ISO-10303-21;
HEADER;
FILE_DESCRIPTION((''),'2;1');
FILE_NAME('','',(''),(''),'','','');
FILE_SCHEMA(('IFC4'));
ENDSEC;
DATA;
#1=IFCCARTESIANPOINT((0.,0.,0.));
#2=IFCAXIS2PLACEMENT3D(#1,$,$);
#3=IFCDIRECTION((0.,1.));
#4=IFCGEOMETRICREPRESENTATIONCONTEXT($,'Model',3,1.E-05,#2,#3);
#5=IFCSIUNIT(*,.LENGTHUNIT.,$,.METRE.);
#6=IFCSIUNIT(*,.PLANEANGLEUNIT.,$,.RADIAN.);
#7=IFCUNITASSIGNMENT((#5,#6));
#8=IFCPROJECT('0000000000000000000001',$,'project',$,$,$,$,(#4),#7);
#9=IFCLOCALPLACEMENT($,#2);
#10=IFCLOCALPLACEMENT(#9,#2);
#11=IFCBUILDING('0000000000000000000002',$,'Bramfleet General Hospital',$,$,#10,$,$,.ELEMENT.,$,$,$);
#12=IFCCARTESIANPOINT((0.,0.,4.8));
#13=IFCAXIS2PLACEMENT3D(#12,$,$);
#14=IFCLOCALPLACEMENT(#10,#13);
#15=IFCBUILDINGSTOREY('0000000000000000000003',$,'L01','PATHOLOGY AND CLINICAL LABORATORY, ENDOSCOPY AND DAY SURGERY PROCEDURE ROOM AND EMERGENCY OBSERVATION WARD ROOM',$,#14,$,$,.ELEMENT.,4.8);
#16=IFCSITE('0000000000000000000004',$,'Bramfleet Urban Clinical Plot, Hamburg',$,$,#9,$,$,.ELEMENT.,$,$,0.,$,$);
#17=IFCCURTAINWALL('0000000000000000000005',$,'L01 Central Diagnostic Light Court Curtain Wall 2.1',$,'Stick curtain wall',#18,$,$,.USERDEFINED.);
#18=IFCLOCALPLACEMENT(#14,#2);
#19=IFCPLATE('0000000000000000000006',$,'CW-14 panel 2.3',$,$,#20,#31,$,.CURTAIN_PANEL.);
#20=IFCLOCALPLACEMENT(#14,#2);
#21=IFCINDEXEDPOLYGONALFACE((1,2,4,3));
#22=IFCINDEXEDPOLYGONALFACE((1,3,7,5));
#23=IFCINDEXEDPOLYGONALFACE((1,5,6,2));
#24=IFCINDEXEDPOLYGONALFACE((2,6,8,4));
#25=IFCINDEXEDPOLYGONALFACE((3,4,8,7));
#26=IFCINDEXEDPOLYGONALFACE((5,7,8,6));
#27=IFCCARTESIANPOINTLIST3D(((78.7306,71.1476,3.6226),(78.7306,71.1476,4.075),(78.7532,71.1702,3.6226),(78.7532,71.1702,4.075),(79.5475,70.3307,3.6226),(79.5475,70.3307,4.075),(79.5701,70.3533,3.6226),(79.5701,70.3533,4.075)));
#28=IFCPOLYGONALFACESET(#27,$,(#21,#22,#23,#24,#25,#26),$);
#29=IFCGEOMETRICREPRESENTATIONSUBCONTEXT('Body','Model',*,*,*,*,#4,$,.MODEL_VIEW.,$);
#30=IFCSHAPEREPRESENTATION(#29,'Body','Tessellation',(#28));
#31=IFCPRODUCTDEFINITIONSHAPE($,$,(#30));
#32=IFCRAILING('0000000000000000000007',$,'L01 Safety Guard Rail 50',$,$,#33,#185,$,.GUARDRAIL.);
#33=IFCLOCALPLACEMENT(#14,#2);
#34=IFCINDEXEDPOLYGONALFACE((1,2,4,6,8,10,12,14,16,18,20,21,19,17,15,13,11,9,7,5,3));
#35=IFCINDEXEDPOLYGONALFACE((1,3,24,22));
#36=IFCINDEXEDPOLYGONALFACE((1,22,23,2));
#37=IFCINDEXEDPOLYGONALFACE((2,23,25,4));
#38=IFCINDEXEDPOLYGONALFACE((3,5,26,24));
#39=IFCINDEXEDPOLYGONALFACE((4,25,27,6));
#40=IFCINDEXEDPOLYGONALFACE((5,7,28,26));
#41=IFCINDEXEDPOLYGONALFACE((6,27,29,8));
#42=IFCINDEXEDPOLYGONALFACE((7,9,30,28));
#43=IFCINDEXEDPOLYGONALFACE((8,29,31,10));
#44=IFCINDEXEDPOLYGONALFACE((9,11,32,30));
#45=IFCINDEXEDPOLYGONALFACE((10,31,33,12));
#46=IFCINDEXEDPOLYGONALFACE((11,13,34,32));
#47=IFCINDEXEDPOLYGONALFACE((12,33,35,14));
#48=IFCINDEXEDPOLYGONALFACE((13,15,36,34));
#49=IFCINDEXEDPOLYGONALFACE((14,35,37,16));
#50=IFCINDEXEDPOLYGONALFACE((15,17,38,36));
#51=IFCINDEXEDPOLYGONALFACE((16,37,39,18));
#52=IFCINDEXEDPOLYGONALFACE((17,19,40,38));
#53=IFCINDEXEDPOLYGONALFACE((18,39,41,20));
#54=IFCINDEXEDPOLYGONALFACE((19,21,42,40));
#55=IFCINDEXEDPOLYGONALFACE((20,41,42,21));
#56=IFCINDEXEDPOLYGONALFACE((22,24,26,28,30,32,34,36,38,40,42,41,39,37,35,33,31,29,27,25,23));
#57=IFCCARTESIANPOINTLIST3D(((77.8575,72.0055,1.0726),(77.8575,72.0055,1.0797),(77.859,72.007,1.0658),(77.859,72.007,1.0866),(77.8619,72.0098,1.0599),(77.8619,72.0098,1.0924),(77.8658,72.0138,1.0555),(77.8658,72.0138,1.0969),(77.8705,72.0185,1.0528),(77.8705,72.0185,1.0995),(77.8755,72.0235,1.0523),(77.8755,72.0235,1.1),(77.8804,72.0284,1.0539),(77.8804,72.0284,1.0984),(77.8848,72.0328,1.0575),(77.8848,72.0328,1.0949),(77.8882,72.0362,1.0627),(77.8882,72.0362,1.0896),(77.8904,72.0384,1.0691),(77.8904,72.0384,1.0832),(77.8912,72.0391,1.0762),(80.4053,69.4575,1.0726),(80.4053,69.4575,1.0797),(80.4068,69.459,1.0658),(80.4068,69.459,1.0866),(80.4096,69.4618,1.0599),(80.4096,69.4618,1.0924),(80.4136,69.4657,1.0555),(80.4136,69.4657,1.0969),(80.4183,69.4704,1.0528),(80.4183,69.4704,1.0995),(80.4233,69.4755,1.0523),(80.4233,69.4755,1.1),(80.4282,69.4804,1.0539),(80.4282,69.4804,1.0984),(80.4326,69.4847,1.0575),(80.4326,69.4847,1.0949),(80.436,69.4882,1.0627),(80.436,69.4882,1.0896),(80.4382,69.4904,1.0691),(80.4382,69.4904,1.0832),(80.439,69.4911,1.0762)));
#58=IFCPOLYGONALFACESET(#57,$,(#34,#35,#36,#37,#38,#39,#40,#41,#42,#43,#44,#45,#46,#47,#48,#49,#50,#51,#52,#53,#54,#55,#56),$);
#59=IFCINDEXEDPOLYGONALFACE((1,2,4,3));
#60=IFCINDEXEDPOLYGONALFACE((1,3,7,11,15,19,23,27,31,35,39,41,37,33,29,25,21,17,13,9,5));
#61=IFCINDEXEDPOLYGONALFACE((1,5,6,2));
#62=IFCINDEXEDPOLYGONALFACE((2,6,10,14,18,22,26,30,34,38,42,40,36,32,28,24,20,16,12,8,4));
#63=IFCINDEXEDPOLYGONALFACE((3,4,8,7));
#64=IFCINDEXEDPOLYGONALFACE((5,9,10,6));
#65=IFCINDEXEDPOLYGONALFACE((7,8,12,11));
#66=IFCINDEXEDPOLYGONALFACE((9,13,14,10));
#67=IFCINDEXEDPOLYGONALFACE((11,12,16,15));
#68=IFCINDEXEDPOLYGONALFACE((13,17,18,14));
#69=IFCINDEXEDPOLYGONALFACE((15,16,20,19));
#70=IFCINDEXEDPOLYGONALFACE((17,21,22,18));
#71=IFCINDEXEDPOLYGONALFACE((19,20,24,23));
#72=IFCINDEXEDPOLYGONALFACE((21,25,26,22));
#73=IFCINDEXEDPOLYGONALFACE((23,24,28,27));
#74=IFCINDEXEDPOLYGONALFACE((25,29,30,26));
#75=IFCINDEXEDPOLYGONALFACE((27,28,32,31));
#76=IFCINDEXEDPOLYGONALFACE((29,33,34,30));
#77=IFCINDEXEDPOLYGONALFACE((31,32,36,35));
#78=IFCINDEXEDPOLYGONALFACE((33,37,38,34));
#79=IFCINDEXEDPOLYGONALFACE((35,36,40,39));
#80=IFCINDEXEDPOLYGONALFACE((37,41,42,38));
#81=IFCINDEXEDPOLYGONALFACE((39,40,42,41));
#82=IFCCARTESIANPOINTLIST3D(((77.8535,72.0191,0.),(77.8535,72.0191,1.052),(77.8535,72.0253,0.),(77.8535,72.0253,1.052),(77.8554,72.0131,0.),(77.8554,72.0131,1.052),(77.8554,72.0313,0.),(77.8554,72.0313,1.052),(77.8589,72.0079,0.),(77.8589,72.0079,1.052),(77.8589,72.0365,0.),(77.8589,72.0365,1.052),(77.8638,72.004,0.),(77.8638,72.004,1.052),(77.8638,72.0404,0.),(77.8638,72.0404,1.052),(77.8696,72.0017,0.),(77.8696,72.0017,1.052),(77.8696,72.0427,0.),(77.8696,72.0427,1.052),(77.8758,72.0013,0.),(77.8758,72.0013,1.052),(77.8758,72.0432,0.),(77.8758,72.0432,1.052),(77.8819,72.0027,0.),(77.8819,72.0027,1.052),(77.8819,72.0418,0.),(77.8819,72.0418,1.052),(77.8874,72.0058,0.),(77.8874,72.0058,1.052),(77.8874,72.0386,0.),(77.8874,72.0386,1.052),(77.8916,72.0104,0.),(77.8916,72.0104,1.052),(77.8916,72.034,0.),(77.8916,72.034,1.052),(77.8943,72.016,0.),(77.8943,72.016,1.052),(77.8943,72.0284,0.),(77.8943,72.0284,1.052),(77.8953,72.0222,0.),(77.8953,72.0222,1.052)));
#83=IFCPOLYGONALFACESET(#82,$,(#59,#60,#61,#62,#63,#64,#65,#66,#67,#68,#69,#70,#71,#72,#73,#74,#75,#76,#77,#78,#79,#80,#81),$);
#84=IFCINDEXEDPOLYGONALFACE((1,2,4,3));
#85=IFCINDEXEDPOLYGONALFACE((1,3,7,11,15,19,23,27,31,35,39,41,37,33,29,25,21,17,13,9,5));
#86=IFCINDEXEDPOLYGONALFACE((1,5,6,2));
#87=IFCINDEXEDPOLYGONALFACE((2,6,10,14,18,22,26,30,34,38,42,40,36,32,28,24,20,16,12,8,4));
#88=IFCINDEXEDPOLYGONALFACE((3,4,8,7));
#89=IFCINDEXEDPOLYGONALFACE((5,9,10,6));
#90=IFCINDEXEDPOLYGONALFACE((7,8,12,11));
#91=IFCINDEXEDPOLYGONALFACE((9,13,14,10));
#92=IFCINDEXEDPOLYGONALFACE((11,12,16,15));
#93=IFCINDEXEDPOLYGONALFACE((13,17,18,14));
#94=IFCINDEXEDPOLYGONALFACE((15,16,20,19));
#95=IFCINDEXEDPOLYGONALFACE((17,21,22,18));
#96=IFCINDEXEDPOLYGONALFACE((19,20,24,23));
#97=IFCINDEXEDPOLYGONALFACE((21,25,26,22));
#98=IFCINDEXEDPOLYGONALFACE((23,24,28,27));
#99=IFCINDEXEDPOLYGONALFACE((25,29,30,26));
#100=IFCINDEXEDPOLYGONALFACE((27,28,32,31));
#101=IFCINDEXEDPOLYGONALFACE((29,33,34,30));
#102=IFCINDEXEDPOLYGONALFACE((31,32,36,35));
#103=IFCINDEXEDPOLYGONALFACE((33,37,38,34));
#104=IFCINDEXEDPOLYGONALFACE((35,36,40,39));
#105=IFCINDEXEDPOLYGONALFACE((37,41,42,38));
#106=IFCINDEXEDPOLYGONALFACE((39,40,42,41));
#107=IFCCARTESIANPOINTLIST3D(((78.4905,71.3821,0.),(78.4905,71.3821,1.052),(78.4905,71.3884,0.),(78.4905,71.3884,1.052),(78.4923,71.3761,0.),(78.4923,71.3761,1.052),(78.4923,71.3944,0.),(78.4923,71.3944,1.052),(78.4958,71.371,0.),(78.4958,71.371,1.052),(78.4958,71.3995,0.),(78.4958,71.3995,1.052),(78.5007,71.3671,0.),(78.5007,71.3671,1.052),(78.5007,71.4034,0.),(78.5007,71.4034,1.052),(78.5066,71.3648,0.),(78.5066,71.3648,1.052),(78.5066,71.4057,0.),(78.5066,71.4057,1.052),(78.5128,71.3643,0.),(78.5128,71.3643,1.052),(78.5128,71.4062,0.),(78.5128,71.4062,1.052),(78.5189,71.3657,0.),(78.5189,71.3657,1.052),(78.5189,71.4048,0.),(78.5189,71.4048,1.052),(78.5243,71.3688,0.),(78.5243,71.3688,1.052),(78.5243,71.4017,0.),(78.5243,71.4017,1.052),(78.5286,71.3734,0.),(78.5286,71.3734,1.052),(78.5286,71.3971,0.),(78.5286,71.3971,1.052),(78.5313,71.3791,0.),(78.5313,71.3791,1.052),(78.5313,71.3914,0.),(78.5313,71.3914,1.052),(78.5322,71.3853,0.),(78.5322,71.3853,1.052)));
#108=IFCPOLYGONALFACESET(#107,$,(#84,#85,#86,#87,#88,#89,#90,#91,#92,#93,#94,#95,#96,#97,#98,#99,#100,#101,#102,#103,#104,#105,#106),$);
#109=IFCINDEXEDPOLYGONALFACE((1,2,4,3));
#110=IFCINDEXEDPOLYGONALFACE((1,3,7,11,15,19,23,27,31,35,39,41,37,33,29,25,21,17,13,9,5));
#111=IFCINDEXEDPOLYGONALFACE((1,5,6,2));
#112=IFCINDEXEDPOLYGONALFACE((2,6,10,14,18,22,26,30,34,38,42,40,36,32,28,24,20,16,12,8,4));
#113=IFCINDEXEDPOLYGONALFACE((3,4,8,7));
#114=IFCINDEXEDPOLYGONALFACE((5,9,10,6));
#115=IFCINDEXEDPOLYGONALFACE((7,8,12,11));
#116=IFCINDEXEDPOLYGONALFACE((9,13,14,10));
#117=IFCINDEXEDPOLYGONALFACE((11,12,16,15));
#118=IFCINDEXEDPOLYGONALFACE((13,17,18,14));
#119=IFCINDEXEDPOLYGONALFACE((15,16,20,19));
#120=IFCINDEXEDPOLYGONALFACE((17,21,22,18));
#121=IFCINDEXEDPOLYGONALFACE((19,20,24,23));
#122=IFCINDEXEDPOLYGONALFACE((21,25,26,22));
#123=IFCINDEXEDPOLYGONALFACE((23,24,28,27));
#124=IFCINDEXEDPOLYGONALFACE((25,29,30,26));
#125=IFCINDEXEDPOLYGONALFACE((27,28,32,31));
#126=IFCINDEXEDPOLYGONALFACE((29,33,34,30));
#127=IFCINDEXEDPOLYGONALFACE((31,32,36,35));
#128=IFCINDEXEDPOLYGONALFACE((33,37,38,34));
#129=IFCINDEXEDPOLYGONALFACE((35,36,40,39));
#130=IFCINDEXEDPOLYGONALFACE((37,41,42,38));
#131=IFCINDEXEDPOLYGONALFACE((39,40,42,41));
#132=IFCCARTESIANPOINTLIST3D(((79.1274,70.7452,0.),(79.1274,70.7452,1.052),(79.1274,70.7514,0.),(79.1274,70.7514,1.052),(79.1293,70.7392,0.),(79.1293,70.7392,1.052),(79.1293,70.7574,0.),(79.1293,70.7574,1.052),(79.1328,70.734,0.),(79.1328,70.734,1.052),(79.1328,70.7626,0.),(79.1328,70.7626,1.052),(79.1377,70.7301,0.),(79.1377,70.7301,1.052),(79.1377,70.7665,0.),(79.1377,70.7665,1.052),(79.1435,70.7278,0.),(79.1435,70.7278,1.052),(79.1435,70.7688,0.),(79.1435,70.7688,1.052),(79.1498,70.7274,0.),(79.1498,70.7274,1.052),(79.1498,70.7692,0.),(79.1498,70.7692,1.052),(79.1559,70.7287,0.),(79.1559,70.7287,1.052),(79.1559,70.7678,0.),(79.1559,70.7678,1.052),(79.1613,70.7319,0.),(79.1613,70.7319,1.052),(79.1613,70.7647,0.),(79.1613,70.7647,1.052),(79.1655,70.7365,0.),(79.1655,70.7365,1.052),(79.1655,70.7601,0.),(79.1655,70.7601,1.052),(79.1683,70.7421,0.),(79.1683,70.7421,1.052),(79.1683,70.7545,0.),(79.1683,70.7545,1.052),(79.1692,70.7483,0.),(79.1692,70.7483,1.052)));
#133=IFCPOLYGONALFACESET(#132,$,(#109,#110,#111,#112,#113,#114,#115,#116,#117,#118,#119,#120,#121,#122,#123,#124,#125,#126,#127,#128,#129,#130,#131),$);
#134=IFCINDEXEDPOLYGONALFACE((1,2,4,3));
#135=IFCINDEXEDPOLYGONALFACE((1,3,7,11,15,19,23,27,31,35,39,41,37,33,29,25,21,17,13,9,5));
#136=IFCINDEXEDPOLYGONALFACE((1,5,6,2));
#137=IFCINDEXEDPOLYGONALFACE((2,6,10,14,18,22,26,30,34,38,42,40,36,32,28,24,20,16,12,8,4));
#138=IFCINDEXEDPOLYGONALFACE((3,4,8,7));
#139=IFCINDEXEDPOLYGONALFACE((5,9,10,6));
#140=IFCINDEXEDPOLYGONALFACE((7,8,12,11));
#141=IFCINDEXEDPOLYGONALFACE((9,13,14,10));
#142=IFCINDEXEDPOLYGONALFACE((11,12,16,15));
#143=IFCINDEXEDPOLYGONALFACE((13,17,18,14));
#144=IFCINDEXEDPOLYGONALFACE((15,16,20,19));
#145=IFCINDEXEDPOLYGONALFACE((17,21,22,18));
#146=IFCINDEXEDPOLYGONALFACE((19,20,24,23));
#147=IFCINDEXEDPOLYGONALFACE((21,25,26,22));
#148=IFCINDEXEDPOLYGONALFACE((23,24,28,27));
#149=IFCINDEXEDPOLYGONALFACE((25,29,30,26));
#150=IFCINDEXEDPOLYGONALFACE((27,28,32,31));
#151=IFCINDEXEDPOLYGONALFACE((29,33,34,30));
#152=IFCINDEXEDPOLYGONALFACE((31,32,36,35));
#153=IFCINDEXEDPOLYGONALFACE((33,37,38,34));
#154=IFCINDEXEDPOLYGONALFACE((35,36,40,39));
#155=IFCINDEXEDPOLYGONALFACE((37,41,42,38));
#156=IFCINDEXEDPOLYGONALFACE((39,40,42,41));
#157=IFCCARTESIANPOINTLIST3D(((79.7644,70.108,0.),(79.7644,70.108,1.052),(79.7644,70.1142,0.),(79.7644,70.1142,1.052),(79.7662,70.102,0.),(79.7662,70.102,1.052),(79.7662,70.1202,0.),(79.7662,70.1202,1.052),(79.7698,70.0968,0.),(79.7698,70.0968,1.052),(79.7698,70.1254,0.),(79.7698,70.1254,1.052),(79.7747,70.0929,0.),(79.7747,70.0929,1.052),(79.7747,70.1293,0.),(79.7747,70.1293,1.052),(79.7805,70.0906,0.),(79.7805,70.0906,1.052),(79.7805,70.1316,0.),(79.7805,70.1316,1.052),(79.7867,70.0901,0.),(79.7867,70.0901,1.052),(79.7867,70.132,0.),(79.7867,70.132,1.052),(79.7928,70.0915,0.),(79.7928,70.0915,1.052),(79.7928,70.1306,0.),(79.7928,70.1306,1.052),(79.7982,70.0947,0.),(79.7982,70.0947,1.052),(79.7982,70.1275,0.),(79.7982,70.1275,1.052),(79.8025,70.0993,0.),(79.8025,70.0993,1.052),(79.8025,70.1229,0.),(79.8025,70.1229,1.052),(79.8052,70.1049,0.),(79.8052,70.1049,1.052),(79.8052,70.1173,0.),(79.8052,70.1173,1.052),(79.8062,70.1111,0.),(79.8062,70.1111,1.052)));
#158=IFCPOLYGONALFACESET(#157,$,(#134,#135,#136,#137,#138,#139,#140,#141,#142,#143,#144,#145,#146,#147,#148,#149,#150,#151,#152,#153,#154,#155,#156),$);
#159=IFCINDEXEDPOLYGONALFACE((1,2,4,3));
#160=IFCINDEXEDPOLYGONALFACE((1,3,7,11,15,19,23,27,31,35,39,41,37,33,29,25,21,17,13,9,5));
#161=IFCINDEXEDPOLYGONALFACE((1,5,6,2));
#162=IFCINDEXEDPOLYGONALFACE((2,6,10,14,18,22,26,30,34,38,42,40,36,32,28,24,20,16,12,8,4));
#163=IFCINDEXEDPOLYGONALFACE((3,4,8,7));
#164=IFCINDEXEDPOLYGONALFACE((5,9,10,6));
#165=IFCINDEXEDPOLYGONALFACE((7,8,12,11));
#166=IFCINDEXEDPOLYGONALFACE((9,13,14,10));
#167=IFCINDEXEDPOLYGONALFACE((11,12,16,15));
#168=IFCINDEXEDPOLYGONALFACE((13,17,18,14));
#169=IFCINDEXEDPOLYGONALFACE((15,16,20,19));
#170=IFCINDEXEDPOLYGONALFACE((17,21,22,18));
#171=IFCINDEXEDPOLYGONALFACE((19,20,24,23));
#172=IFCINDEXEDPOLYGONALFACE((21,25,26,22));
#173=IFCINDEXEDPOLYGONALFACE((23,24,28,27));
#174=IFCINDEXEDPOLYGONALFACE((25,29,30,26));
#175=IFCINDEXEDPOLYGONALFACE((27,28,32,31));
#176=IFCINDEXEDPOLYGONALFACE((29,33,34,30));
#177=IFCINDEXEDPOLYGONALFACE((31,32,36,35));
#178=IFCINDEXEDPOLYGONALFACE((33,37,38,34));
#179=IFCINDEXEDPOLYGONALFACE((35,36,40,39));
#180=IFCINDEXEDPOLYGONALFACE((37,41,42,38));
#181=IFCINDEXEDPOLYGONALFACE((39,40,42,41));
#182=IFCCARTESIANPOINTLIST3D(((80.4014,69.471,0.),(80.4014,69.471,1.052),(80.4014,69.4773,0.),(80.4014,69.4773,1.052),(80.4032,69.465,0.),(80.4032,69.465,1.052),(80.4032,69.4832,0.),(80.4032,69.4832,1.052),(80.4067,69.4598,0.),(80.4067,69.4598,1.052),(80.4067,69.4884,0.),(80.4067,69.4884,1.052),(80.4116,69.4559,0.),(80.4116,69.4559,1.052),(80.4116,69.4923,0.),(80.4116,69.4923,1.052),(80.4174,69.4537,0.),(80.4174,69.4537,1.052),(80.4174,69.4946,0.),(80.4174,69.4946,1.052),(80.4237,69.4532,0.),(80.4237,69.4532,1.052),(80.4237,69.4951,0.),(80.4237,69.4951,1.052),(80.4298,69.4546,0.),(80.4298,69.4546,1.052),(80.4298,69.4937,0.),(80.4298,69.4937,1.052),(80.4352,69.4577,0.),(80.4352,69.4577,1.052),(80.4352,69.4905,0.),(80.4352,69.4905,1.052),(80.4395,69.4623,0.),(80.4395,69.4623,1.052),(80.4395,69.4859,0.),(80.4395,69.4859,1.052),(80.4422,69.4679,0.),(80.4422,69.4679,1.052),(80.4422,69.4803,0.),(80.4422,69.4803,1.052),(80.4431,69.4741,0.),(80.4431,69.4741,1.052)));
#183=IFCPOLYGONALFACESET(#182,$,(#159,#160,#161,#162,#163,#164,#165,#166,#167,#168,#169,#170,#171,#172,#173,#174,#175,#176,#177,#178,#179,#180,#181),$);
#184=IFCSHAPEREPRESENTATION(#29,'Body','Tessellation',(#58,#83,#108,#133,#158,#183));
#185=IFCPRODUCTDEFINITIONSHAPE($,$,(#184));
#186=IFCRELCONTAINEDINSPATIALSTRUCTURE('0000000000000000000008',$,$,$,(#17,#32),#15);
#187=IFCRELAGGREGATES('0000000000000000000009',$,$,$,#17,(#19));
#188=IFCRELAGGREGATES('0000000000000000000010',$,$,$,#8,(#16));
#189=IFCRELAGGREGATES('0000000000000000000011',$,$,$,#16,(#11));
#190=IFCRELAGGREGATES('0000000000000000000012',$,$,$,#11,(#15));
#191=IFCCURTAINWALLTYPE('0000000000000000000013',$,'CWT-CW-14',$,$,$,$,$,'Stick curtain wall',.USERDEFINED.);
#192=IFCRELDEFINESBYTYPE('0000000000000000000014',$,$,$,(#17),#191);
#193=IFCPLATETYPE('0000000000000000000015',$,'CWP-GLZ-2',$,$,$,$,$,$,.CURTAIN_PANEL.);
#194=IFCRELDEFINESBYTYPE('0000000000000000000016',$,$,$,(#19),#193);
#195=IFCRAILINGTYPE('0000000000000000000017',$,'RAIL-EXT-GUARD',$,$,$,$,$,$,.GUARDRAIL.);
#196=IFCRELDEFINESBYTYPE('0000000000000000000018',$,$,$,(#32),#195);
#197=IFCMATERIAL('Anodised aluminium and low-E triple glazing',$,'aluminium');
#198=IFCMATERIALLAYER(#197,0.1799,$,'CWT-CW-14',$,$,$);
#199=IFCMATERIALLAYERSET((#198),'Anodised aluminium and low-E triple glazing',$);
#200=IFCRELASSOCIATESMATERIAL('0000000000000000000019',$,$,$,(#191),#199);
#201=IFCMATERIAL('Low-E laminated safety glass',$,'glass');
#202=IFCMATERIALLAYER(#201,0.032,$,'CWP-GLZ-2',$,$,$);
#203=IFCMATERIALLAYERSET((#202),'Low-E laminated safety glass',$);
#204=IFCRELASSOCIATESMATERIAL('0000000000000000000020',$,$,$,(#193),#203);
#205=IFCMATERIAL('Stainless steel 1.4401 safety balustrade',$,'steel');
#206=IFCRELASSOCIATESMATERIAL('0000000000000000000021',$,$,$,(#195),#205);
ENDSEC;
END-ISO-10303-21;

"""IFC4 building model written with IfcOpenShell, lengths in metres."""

from ifc_helpers import new_model, si_unit, direction, frame, origin, origin_2d, place, context, subcontext, project, spatial, rectangle, circle, extrude, material, layer, layer_set, type_object, element, aggregate, save


model = new_model("IFC4")

# Units and contexts
model_context = context("Model", 3, precision=1e-05, world=origin(), true_north=direction((0.0, 1.0)))
body_context = subcontext(model_context, "Body", "Model", "MODEL_VIEW")
ifc_project = project(units=[si_unit("LENGTHUNIT", "METRE"), si_unit("PLANEANGLEUNIT", "RADIAN")], contexts=[model_context])

# Site, building, storey
site_placement = place(None, origin())
site = spatial("IfcSite", under=ifc_project, at=site_placement, Name="Bramfleet Urban Clinical Plot, Hamburg", CompositionType="ELEMENT", RefElevation=0.0)
building_placement = place(site_placement, origin())
building = spatial("IfcBuilding", under=site, at=building_placement, Name="Bramfleet General Hospital", CompositionType="ELEMENT")
storey_placement = place(building_placement, frame((0.0, 0.0, 4.8)))
storey = spatial("IfcBuildingStorey", under=building, at=storey_placement, Name="L01", Description="PATHOLOGY AND CLINICAL LABORATORY, ENDOSCOPY AND DAY SURGERY PROCEDURE ROOM AND EMERGENCY OBSERVATION WARD ROOM", CompositionType="ELEMENT", Elevation=4.8)

# Curtain wall
ifc_material_1 = material(Name="Anodised aluminium and low-E triple glazing", Category="aluminium")
ifc_layer_1 = layer(ifc_material_1, 0.1799, Name="CWT-CW-14")
ifc_layer_set_1 = layer_set([ifc_layer_1], Name="Anodised aluminium and low-E triple glazing")
curtain_wall_type_1 = type_object("IfcCurtainWallType", Name="CWT-CW-14", ElementType="Stick curtain wall", PredefinedType="USERDEFINED", material=ifc_layer_set_1)
curtain_wall_1_placement = place(storey_placement, origin())
curtain_wall_1 = element("IfcCurtainWall", 1, at=curtain_wall_1_placement, inside=storey, type_object=curtain_wall_type_1, Name="L01 Central Diagnostic Light Court Curtain Wall 2.1", ObjectType="Stick curtain wall", PredefinedType="USERDEFINED")

# Plate
ifc_material_2 = material(Name="Low-E laminated safety glass", Category="glass")
ifc_layer_2 = layer(ifc_material_2, 0.032, Name="CWP-GLZ-2")
ifc_layer_set_2 = layer_set([ifc_layer_2], Name="Low-E laminated safety glass")
plate_type = type_object("IfcPlateType", Name="CWP-GLZ-2", PredefinedType="CURTAIN_PANEL", material=ifc_layer_set_2)
plate_1_placement = place(storey_placement, frame((79.1504, 70.7505, 3.6226), z_axis=(0.0, 0.0, 1.0), x_axis=(0.707107, -0.707107, 0.0)))
plate_1 = element("IfcPlate", 2, at=plate_1_placement, type_object=plate_type, Name="CW-14 panel 2.3", PredefinedType="CURTAIN_PANEL", context=body_context, shape_type="SweptSolid", body=[
    extrude(rectangle(XDim=1.1553, YDim=0.032, at=origin_2d()), origin(), (0.0, 0.0, 1.0), 0.4524),
])
aggregate(curtain_wall_1, [plate_1])

# Railing
ifc_material_3 = material(Name="Stainless steel 1.4401 safety balustrade", Category="steel")
railing_type = type_object("IfcRailingType", Name="RAIL-EXT-GUARD", PredefinedType="GUARDRAIL", material=ifc_material_3)
railing_placement = place(storey_placement, frame((77.8743, 72.0222, 0.0)))
element("IfcRailing", 3, at=railing_placement, inside=storey, type_object=railing_type, Name="L01 Safety Guard Rail 50", PredefinedType="GUARDRAIL", context=body_context, shape_type="SweptSolid", body=[
    extrude(circle(Radius=0.0239, at=origin_2d()), frame((0.0, 0.0, 1.0762), z_axis=(0.707073, -0.707141, 0.0), x_axis=(0.707141, 0.707073, 0.0)), (0.0, 0.0, 1.0), 3.6033),
    extrude(circle(Radius=0.021, at=origin_2d()), origin(), (0.0, 0.0, 1.0), 1.052),
    extrude(circle(Radius=0.021, at=origin_2d()), frame((0.637, -0.637, 0.0)), (0.0, 0.0, 1.0), 1.052),
    extrude(circle(Radius=0.021, at=origin_2d()), frame((1.2739, -1.2739, 0.0)), (0.0, 0.0, 1.0), 1.052),
    extrude(circle(Radius=0.021, at=origin_2d()), frame((1.9109, -1.9111, 0.0)), (0.0, 0.0, 1.0), 1.052),
    extrude(circle(Radius=0.021, at=origin_2d()), frame((2.5479, -2.5481, 0.0)), (0.0, 0.0, 1.0), 1.052),
])

save(model, "model.ifc")
